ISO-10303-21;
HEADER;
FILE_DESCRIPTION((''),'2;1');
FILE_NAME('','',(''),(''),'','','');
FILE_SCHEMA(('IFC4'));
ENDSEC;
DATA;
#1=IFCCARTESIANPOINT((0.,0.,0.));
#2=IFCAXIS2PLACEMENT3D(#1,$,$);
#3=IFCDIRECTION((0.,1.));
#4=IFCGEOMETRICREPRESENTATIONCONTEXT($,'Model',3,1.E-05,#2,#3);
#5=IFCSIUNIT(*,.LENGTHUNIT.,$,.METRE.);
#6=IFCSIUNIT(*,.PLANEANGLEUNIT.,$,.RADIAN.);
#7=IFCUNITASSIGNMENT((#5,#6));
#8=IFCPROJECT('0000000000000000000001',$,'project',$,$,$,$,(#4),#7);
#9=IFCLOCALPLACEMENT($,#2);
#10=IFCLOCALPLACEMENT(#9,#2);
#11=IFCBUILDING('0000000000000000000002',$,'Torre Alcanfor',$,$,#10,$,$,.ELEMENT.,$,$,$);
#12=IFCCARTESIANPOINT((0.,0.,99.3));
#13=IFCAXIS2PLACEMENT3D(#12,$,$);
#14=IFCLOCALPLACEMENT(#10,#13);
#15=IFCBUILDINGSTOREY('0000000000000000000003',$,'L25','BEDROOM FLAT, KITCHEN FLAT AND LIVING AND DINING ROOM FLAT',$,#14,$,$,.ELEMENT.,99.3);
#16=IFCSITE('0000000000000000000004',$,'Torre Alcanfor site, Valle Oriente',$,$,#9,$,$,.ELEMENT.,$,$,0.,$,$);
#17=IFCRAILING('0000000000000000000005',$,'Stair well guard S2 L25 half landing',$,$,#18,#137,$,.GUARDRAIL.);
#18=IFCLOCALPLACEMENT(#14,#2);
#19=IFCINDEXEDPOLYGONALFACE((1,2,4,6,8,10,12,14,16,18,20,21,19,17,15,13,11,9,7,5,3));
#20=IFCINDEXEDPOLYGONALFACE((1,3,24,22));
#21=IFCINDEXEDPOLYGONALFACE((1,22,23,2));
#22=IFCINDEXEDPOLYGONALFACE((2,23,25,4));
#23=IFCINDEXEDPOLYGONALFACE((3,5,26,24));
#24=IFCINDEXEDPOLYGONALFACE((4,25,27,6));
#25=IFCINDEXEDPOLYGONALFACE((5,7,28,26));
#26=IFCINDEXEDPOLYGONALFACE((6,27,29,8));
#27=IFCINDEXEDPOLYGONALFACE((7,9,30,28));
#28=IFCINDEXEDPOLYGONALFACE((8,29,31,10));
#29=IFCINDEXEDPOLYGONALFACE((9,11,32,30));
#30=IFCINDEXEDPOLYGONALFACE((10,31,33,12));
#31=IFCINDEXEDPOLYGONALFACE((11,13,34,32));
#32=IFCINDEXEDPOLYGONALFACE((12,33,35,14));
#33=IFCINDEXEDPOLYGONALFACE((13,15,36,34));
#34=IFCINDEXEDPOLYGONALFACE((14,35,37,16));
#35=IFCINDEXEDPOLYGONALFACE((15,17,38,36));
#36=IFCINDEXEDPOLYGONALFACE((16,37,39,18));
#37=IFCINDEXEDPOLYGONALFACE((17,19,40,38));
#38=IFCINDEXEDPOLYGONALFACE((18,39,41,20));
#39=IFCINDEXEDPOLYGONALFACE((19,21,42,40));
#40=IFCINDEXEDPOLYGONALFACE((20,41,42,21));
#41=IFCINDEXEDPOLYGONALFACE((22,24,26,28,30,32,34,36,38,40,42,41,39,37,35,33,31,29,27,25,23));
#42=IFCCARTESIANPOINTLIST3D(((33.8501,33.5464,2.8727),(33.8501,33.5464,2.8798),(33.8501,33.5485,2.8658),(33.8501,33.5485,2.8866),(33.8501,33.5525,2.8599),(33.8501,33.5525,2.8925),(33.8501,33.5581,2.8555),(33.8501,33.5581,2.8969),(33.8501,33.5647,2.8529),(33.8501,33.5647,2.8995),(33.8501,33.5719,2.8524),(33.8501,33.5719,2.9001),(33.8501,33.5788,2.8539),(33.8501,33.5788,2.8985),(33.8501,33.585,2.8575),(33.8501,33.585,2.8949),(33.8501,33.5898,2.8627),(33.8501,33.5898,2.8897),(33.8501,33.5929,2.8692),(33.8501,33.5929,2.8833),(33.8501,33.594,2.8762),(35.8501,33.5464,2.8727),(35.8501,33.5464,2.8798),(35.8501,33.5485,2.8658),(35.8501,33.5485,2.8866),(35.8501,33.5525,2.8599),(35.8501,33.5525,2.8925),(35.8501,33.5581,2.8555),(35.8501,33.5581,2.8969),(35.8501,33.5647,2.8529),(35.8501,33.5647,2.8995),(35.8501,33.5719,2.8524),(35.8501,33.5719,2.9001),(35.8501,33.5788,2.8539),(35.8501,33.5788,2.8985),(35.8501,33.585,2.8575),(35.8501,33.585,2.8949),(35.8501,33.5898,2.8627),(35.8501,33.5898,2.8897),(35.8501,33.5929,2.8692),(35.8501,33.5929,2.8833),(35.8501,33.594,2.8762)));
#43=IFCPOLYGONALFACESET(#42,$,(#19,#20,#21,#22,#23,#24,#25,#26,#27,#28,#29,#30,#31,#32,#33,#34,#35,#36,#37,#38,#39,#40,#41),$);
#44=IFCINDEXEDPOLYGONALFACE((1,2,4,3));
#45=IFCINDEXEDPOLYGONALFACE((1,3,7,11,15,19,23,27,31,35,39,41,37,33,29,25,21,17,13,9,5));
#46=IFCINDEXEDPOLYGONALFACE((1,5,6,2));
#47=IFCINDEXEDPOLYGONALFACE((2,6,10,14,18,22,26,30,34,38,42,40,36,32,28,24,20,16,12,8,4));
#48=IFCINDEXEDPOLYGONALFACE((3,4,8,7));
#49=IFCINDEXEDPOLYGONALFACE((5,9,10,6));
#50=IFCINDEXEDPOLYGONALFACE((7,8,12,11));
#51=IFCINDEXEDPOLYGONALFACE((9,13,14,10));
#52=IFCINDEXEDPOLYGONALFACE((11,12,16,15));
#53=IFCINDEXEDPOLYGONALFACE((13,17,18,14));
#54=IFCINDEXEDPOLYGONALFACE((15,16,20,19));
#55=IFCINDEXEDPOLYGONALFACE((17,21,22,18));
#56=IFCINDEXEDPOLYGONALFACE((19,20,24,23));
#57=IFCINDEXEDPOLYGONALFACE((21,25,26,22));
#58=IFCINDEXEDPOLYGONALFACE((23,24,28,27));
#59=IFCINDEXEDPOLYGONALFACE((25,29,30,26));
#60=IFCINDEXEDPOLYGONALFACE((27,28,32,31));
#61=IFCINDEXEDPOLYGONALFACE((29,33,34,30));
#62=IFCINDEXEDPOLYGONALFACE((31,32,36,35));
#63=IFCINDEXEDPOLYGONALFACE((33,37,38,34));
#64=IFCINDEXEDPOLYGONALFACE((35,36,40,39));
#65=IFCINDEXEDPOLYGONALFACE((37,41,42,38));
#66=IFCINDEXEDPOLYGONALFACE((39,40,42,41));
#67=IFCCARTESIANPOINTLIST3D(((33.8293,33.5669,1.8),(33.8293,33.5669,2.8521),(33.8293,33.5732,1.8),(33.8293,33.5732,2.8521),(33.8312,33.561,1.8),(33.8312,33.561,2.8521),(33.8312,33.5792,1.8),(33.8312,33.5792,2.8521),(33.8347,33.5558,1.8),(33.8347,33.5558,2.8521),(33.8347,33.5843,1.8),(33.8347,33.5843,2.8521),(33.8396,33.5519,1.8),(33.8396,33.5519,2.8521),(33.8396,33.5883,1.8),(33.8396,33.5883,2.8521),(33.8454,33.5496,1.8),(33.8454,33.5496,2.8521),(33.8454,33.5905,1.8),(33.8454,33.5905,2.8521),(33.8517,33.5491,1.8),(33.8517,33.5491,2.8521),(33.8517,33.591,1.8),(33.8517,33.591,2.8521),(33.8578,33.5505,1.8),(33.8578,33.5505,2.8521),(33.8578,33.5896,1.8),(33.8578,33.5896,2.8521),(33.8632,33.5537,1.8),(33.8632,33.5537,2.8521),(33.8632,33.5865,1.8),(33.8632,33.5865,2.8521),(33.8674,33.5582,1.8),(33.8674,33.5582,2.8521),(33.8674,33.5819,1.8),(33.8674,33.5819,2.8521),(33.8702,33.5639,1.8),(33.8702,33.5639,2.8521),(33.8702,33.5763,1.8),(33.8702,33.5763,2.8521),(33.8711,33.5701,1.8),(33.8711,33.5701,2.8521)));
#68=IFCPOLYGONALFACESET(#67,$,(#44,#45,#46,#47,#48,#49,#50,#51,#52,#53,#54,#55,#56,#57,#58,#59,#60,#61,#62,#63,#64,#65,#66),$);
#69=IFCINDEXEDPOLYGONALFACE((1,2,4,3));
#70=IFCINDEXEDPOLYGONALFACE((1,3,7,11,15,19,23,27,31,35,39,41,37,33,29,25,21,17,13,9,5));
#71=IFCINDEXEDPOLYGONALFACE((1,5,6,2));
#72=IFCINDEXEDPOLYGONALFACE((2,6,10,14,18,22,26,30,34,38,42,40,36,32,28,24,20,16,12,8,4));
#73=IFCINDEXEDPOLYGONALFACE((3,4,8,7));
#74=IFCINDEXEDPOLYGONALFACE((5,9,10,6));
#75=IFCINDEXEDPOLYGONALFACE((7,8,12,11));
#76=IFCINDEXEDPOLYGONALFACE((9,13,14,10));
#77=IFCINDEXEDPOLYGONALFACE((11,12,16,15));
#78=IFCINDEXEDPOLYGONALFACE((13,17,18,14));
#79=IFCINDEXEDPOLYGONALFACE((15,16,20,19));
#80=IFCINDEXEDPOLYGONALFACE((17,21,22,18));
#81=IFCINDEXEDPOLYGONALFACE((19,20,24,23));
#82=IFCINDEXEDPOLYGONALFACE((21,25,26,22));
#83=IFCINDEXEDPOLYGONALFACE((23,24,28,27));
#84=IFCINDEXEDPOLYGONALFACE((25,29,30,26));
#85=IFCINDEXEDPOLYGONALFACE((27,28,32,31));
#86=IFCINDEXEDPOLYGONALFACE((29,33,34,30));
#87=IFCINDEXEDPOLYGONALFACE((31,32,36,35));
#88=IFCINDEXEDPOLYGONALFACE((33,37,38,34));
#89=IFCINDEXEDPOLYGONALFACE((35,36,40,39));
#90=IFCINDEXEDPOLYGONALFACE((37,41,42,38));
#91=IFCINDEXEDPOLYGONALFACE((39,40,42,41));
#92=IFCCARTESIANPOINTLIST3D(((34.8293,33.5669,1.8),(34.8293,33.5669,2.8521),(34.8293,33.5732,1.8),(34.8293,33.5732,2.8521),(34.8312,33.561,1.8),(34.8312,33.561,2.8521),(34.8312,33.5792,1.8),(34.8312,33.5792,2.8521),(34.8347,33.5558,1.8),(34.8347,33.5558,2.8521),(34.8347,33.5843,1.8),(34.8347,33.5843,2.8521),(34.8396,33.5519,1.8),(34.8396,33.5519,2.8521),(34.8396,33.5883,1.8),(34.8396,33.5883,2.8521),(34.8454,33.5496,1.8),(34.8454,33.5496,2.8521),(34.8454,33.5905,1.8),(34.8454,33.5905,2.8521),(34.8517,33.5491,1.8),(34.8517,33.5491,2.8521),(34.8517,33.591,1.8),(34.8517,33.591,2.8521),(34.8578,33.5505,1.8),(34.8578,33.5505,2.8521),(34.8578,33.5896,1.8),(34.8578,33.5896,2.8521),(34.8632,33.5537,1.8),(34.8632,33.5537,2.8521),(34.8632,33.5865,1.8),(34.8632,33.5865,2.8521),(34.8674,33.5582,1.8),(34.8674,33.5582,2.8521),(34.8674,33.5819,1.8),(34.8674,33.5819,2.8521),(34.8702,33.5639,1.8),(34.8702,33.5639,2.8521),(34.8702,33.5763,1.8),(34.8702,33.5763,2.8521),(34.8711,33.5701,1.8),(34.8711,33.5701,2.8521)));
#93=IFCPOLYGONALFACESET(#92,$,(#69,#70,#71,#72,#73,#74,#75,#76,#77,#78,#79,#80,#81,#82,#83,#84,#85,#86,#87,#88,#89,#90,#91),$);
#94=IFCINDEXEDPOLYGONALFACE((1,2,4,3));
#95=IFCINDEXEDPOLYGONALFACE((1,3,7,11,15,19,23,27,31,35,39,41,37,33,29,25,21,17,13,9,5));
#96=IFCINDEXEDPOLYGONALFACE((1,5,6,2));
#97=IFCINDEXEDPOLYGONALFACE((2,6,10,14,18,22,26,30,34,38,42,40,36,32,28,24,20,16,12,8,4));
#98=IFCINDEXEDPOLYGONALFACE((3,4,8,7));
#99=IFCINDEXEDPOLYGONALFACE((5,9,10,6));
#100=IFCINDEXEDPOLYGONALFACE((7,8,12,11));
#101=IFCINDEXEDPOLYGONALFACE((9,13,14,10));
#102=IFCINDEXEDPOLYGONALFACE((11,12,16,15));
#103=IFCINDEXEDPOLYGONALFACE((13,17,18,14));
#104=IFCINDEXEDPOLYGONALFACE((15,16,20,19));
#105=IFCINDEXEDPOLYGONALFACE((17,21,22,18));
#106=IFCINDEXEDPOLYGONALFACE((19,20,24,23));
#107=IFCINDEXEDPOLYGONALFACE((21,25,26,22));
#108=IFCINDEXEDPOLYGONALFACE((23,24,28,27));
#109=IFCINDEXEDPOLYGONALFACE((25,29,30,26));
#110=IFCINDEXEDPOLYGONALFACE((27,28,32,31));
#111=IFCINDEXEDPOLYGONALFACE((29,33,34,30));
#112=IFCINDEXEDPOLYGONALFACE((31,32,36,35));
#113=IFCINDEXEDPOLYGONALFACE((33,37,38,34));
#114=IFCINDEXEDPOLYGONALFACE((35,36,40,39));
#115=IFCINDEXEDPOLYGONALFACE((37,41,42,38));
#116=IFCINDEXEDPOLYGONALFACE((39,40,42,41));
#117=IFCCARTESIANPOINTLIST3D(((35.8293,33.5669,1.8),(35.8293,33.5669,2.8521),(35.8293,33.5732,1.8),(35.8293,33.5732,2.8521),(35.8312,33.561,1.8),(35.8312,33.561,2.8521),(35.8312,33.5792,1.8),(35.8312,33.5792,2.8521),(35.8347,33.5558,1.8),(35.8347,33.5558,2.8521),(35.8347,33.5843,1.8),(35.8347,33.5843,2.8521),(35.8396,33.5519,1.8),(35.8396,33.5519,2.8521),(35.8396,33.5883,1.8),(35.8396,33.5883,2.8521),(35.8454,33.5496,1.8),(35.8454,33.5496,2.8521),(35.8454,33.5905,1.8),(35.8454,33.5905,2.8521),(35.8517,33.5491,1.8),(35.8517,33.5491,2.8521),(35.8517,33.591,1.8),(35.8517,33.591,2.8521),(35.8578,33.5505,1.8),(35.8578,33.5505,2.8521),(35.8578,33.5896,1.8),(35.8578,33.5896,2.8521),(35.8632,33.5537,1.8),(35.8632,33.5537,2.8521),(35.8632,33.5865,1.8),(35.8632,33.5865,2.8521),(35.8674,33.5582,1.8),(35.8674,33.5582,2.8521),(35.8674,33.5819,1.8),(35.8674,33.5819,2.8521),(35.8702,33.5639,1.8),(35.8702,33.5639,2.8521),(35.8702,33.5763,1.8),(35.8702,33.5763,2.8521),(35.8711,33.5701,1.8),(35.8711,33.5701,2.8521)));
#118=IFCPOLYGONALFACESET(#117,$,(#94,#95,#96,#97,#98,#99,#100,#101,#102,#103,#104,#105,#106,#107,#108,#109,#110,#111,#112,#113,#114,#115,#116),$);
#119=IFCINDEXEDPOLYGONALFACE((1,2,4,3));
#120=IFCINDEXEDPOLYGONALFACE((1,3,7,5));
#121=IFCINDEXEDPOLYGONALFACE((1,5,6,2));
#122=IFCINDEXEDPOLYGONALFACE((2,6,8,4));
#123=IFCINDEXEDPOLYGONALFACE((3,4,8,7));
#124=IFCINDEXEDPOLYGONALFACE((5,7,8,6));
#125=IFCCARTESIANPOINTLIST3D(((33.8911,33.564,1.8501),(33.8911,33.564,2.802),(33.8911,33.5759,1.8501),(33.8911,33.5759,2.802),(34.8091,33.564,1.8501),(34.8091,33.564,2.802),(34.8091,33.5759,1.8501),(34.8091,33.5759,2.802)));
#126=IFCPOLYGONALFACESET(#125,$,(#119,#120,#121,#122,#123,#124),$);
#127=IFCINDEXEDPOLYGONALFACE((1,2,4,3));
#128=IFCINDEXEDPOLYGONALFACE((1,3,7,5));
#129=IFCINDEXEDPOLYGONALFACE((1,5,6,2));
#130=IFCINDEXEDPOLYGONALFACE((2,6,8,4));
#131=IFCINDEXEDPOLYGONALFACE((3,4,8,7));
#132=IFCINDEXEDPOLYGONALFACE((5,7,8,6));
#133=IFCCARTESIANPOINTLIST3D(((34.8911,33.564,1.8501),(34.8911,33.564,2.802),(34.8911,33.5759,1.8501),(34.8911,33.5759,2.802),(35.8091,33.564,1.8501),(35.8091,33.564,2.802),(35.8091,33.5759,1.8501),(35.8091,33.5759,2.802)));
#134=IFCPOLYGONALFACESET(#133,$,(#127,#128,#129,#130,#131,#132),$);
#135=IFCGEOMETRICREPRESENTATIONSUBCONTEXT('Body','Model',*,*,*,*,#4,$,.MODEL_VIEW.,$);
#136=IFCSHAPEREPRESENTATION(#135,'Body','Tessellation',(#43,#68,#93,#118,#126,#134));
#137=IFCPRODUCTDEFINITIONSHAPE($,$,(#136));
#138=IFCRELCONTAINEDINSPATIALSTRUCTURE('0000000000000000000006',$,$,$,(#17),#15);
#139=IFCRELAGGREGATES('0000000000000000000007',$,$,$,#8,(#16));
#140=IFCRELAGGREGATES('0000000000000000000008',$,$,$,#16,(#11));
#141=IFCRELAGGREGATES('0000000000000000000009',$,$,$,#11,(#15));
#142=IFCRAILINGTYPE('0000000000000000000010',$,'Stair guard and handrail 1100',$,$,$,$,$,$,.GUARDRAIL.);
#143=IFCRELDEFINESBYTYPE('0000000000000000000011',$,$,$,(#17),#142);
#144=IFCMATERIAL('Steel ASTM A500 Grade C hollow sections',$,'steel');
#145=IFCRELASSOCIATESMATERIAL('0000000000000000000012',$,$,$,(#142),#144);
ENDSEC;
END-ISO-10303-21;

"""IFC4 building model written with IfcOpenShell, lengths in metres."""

from ifc_helpers import new_model, si_unit, direction, frame, origin, origin_2d, place, context, subcontext, project, spatial, polyline, circle, outline, extrude, material, type_object, element, save


model = new_model("IFC4")

# Units and contexts
model_context = context("Model", 3, precision=1e-05, world=origin(), true_north=direction((0.0, 1.0)))
body_context = subcontext(model_context, "Body", "Model", "MODEL_VIEW")
ifc_project = project(units=[si_unit("LENGTHUNIT", "METRE"), si_unit("PLANEANGLEUNIT", "RADIAN")], contexts=[model_context])

# Site, building, storey
site_placement = place(None, origin())
site = spatial("IfcSite", under=ifc_project, at=site_placement, Name="Torre Alcanfor site, Valle Oriente", CompositionType="ELEMENT", RefElevation=0.0)
building_placement = place(site_placement, origin())
building = spatial("IfcBuilding", under=site, at=building_placement, Name="Torre Alcanfor", CompositionType="ELEMENT")
storey_placement = place(building_placement, frame((0.0, 0.0, 99.3)))
storey = spatial("IfcBuildingStorey", under=building, at=storey_placement, Name="L25", Description="BEDROOM FLAT, KITCHEN FLAT AND LIVING AND DINING ROOM FLAT", CompositionType="ELEMENT", Elevation=99.3)

# Railing
ifc_material_1 = material(Name="Steel ASTM A500 Grade C hollow sections", Category="steel")
railing_type_1 = type_object("IfcRailingType", Name="Stair guard and handrail 1100", PredefinedType="GUARDRAIL", material=ifc_material_1)
for number, where, name in (
    (1, (33.8501, 33.5701, 1.8), "Stair well guard S2 L25 half landing"),
):
    element("IfcRailing", number, at=place(storey_placement, frame(where)), inside=storey, type_object=railing_type_1, Name=name, PredefinedType="GUARDRAIL", context=body_context, shape_type="SweptSolid", body=[
        extrude(circle(Radius=0.0239, at=origin_2d()), frame((0.0, 0.0, 1.0762), z_axis=(1.0, 0.0, 0.0), x_axis=(0.0, 1.0, 0.0)), (0.0, 0.0, 1.0), 2.0),
        extrude(circle(Radius=0.021, at=origin_2d()), origin(), (0.0, 0.0, 1.0), 1.052),
        extrude(circle(Radius=0.021, at=origin_2d()), frame((1.0, 0.0, 0.0)), (0.0, 0.0, 1.0), 1.052),
        extrude(circle(Radius=0.021, at=origin_2d()), frame((2.0, 0.0, 0.0)), (0.0, 0.0, 1.0), 1.052),
        extrude(outline(polyline([(0.041, 0.05), (0.959, 0.05), (0.959, 1.002), (0.041, 1.002), (0.041, 0.05)])), frame((0.0, 0.0059, 0.0), z_axis=(0.0, -1.0, 0.0), x_axis=(1.0, 0.0, 0.0)), (0.0, 0.0, 1.0), 0.012),
        extrude(outline(polyline([(1.041, 0.05), (1.959, 0.05), (1.959, 1.002), (1.041, 1.002), (1.041, 0.05)])), frame((0.0, 0.0059, 0.0), z_axis=(0.0, -1.0, 0.0), x_axis=(1.0, 0.0, 0.0)), (0.0, 0.0, 1.0), 0.012),
    ])

save(model, "model.ifc")
